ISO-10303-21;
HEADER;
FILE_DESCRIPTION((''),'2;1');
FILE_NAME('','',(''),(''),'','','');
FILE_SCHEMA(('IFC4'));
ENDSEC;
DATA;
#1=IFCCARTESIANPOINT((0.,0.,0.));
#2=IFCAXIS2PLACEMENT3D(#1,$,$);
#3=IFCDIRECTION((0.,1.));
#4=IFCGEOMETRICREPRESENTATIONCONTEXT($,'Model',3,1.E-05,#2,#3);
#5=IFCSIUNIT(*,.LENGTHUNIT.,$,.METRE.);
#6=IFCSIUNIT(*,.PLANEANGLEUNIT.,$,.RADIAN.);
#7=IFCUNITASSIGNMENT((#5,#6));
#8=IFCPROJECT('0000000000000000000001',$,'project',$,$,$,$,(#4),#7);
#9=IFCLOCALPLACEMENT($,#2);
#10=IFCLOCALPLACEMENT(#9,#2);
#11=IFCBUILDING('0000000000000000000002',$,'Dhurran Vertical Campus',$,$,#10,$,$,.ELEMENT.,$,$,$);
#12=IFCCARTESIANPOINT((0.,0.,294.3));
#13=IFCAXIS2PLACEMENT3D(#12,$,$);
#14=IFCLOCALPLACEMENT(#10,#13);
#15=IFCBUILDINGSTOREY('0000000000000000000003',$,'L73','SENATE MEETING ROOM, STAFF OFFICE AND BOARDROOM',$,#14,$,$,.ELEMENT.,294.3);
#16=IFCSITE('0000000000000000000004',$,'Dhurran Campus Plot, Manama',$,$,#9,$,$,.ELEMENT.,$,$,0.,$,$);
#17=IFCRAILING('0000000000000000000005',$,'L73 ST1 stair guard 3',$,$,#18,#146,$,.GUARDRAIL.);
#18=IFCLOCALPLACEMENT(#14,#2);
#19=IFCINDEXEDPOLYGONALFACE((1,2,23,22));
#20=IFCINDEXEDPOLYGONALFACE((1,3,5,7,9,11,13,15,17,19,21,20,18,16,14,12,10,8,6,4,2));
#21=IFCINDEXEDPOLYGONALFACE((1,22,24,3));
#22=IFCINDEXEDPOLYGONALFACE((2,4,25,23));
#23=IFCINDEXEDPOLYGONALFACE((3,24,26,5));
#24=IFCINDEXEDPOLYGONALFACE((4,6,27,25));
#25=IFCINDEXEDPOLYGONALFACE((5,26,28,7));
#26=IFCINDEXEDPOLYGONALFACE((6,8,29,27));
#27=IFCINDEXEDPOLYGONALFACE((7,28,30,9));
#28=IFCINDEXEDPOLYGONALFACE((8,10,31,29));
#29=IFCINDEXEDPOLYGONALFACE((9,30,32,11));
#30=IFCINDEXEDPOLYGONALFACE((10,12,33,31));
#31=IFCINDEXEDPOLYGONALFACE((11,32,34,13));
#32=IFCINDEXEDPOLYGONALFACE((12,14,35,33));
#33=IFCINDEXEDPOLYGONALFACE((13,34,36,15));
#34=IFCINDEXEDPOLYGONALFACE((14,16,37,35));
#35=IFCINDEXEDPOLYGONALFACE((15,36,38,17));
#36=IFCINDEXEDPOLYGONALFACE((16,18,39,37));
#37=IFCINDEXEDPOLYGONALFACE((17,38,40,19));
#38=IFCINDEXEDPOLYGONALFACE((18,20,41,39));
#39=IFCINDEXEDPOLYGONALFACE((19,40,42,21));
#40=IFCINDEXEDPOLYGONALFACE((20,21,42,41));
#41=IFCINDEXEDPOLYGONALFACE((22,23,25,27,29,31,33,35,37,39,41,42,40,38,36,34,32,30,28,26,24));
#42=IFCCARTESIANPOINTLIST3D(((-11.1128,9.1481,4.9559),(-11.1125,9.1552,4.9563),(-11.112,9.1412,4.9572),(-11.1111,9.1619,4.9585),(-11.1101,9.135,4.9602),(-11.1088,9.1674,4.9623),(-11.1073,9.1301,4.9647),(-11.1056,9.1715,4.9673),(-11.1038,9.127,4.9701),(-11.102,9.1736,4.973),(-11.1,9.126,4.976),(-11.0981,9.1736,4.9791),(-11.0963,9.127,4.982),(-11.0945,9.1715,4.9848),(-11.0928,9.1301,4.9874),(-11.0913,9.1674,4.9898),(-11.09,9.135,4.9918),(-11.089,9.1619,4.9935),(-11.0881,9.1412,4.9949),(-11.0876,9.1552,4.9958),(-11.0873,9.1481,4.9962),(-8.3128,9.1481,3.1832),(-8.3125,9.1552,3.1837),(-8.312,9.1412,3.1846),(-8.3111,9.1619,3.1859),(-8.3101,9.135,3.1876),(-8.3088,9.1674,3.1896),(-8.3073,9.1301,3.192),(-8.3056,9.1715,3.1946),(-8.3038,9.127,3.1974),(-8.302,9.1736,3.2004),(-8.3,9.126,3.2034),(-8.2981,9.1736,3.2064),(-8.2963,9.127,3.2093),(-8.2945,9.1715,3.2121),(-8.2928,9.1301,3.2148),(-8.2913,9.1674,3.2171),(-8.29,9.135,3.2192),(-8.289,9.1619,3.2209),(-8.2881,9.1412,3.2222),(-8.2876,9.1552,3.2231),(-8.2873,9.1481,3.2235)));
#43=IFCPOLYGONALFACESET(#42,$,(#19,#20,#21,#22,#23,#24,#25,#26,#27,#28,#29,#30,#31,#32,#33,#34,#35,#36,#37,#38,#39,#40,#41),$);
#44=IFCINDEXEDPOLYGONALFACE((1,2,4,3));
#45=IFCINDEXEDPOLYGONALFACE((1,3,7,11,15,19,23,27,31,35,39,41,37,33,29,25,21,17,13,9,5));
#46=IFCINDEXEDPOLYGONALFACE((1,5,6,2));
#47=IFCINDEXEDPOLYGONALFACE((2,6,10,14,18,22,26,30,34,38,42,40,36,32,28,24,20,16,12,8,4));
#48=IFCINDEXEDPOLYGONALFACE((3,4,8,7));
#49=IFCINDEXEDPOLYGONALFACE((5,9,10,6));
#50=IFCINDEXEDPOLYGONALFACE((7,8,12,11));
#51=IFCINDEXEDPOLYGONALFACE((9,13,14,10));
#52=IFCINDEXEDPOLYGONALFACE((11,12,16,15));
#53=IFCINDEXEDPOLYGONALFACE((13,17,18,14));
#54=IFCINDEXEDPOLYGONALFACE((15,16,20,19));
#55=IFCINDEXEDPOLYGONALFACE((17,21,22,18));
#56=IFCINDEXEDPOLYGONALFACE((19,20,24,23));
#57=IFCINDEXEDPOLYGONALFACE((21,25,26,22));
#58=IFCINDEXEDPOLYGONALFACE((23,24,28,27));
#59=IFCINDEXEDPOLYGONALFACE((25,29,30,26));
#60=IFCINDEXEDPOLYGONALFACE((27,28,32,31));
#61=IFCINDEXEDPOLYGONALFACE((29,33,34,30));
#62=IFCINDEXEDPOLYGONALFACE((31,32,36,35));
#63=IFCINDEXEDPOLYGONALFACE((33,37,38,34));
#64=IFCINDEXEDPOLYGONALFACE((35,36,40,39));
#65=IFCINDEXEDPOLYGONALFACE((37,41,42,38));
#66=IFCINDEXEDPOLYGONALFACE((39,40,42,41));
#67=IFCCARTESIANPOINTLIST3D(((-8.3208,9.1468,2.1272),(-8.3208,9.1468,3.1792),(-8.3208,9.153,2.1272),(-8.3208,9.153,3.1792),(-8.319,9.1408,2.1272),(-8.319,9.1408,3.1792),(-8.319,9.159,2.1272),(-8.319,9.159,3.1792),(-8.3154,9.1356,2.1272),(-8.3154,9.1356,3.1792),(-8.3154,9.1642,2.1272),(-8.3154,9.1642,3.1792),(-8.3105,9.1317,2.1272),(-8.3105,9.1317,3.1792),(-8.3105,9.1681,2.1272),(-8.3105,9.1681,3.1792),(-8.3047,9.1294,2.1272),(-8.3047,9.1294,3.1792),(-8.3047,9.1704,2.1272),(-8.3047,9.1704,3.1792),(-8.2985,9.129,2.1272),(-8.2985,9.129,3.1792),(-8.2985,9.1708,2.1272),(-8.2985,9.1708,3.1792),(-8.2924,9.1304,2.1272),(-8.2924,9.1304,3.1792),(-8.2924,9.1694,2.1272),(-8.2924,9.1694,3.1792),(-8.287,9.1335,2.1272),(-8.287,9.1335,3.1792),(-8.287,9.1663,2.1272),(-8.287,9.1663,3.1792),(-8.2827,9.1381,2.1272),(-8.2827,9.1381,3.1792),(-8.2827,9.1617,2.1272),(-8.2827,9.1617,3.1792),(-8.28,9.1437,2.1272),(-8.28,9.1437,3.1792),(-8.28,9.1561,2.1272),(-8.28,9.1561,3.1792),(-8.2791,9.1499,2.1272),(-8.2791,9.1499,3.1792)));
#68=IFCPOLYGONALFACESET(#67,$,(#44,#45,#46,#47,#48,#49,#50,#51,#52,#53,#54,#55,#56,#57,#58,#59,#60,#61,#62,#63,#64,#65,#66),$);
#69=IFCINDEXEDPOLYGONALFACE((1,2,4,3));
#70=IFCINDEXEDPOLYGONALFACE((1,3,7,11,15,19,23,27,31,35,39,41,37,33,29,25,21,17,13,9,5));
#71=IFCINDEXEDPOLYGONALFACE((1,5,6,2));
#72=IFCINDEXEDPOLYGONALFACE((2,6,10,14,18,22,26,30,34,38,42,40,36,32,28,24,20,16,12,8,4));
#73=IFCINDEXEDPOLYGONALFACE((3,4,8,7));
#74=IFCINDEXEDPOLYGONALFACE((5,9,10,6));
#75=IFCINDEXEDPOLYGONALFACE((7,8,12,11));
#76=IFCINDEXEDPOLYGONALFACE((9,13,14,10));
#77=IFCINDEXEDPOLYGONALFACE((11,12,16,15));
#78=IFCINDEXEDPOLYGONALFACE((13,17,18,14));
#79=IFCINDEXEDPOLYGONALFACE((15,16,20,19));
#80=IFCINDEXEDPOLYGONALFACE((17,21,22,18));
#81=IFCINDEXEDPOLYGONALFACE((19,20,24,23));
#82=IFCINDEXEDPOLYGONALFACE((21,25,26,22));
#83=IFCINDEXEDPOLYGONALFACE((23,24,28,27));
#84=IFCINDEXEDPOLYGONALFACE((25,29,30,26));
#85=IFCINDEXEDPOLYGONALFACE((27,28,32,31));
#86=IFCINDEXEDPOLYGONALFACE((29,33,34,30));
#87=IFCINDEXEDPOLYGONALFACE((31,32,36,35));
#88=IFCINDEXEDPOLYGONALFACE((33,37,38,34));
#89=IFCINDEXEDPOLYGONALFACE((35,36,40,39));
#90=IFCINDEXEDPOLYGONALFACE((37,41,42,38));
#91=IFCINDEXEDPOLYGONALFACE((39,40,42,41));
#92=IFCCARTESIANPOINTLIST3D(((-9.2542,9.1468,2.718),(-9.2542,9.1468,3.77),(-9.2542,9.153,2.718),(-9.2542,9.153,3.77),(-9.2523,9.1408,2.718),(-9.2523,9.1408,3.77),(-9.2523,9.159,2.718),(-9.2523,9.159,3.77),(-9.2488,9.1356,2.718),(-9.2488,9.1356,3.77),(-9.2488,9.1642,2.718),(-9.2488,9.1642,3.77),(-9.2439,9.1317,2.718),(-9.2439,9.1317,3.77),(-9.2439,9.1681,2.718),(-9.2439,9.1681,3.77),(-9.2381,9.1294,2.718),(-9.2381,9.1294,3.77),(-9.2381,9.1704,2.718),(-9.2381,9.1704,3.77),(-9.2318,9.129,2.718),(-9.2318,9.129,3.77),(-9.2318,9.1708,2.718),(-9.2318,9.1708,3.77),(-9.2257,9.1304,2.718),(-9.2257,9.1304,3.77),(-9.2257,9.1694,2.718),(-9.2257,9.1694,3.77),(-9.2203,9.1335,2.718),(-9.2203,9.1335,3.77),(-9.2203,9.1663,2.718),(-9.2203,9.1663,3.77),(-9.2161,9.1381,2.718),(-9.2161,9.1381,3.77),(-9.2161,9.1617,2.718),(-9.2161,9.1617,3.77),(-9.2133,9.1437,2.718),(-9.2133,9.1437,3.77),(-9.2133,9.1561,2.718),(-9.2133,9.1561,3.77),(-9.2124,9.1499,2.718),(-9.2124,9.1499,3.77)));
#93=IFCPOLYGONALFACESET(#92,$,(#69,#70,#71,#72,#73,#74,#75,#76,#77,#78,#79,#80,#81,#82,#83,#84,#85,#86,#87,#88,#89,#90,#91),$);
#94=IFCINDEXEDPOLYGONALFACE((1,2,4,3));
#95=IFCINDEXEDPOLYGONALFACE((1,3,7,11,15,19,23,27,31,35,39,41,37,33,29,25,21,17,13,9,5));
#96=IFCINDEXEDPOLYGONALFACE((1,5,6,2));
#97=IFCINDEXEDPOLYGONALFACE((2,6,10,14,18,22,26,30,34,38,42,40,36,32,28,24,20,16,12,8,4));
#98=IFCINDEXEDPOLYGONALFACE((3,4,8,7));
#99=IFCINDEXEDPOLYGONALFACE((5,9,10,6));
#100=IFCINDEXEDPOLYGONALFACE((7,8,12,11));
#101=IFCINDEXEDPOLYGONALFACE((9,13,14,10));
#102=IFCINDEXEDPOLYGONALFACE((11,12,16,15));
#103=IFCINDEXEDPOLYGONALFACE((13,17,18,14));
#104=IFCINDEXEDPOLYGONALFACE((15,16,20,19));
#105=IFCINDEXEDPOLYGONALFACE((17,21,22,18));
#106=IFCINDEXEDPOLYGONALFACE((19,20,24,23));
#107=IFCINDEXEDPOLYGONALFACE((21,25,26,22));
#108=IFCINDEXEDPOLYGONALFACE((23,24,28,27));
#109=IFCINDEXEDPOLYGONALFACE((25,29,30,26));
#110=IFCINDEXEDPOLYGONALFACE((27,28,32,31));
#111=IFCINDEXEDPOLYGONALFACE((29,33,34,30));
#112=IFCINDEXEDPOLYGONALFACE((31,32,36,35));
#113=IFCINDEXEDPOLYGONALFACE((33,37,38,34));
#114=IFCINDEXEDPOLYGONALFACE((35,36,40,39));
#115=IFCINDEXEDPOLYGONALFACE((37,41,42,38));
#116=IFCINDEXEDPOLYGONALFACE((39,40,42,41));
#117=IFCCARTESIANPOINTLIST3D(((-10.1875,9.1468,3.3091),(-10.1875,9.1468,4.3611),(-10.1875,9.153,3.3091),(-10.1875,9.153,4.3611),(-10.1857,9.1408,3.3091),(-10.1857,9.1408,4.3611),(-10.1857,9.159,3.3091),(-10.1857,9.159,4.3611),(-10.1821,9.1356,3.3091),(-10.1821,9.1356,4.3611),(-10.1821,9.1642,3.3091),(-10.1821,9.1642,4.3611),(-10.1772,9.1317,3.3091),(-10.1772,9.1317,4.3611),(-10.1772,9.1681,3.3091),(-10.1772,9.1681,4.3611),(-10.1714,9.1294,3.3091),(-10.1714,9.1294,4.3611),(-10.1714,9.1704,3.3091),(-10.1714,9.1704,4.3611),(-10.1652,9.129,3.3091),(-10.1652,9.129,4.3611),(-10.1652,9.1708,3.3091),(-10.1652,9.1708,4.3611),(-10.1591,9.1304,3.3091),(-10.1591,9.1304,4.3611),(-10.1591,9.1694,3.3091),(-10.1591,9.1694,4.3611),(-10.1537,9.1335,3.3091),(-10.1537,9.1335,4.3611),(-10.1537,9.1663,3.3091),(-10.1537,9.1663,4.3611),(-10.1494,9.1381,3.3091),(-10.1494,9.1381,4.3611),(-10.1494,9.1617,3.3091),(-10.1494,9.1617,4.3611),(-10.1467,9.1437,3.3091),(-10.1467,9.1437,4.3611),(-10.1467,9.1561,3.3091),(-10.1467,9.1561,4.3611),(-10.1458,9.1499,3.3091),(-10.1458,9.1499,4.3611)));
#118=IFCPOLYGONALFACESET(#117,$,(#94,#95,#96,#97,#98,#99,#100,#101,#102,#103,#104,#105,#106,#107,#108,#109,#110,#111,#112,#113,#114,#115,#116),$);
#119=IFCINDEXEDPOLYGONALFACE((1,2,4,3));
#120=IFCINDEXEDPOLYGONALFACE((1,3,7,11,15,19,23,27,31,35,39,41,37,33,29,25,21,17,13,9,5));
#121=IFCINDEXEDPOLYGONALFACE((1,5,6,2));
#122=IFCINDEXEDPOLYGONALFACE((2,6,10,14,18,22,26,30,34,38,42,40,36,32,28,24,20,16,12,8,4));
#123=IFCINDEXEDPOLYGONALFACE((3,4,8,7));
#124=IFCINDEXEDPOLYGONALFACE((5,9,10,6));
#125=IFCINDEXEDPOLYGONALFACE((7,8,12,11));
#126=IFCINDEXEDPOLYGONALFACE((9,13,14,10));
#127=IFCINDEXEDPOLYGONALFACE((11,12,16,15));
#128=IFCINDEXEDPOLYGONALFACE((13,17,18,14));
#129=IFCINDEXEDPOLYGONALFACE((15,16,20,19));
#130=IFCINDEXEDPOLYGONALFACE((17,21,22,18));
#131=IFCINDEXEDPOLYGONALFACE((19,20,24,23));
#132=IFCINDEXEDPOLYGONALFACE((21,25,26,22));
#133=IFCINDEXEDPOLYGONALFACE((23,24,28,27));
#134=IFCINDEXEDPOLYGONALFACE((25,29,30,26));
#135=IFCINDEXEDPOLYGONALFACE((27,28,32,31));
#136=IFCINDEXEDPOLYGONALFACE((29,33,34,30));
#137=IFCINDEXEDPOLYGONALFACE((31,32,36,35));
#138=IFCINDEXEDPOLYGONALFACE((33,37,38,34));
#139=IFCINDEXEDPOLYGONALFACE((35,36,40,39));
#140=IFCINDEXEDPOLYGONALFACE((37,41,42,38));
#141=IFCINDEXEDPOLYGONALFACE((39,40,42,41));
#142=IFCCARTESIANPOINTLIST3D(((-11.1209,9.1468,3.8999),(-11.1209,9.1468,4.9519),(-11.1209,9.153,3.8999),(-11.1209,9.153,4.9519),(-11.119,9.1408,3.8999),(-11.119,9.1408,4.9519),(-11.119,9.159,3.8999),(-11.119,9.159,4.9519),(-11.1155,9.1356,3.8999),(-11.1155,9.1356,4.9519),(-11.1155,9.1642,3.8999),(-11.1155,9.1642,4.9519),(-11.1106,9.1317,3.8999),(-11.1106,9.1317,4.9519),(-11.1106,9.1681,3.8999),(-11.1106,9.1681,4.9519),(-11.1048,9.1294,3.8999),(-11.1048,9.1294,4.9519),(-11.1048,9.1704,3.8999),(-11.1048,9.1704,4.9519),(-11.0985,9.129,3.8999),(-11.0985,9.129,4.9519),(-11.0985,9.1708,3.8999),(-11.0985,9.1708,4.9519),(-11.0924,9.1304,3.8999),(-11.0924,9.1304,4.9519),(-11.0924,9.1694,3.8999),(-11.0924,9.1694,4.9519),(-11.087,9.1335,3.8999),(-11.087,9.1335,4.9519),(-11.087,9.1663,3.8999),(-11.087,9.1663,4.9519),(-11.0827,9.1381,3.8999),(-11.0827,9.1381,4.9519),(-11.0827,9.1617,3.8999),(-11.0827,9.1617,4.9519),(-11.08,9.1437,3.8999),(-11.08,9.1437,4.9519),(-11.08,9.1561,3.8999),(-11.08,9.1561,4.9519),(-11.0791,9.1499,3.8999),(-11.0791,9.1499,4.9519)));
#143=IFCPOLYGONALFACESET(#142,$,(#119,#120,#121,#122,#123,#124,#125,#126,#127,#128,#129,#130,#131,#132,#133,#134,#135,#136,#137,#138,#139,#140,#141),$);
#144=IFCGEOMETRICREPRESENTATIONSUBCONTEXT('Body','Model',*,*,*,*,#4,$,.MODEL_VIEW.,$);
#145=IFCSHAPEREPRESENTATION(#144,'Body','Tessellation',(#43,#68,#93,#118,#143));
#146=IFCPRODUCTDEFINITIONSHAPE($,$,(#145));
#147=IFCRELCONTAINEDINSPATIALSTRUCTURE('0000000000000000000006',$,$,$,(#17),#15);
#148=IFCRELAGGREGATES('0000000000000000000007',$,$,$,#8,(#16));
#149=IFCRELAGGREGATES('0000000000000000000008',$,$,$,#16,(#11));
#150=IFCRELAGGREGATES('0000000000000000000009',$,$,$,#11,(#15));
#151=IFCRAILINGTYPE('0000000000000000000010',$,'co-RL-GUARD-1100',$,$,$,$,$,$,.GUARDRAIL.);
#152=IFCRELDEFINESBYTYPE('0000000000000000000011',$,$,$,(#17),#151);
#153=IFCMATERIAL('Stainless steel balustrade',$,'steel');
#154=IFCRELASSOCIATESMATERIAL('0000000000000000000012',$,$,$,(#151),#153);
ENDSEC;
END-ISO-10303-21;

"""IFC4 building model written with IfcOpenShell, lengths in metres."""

from ifc_helpers import new_model, si_unit, direction, frame, origin, origin_2d, place, context, subcontext, project, spatial, circle, extrude, material, type_object, element, save


model = new_model("IFC4")

# Units and contexts
model_context = context("Model", 3, precision=1e-05, world=origin(), true_north=direction((0.0, 1.0)))
body_context = subcontext(model_context, "Body", "Model", "MODEL_VIEW")
ifc_project = project(units=[si_unit("LENGTHUNIT", "METRE"), si_unit("PLANEANGLEUNIT", "RADIAN")], contexts=[model_context])

# Site, building, storey
site_placement = place(None, origin())
site = spatial("IfcSite", under=ifc_project, at=site_placement, Name="Dhurran Campus Plot, Manama", CompositionType="ELEMENT", RefElevation=0.0)
building_placement = place(site_placement, origin())
building = spatial("IfcBuilding", under=site, at=building_placement, Name="Dhurran Vertical Campus", CompositionType="ELEMENT")
storey_placement = place(building_placement, frame((0.0, 0.0, 294.3)))
storey = spatial("IfcBuildingStorey", under=building, at=storey_placement, Name="L73", Description="SENATE MEETING ROOM, STAFF OFFICE AND BOARDROOM", CompositionType="ELEMENT", Elevation=294.3)

# Railing
ifc_material_1 = material(Name="Stainless steel balustrade", Category="steel")
railing_type_1 = type_object("IfcRailingType", Name="co-RL-GUARD-1100", PredefinedType="GUARDRAIL", material=ifc_material_1)
railing_1_placement = place(storey_placement, frame((-8.3, 9.1499, 2.1272)))
element("IfcRailing", 1, at=railing_1_placement, inside=storey, type_object=railing_type_1, Name="L73 ST1 stair guard 3", PredefinedType="GUARDRAIL", context=body_context, shape_type="SweptSolid", body=[
    extrude(circle(Radius=0.0239, at=origin_2d()), frame((0.0, 0.0, 1.0762), z_axis=(-0.844909, 0.0, 0.53491), x_axis=(0.0, -1.0, 0.0)), (0.0, 0.0, 1.0), 3.314),
    extrude(circle(Radius=0.021, at=origin_2d()), origin(), (0.0, 0.0, 1.0), 1.052),
    extrude(circle(Radius=0.021, at=origin_2d()), frame((-0.9333, 0.0, 0.5908)), (0.0, 0.0, 1.0), 1.052),
    extrude(circle(Radius=0.021, at=origin_2d()), frame((-1.8667, 0.0, 1.1819)), (0.0, 0.0, 1.0), 1.052),
    extrude(circle(Radius=0.021, at=origin_2d()), frame((-2.8, 0.0, 1.7727)), (0.0, 0.0, 1.0), 1.052),
])

save(model, "model.ifc")
